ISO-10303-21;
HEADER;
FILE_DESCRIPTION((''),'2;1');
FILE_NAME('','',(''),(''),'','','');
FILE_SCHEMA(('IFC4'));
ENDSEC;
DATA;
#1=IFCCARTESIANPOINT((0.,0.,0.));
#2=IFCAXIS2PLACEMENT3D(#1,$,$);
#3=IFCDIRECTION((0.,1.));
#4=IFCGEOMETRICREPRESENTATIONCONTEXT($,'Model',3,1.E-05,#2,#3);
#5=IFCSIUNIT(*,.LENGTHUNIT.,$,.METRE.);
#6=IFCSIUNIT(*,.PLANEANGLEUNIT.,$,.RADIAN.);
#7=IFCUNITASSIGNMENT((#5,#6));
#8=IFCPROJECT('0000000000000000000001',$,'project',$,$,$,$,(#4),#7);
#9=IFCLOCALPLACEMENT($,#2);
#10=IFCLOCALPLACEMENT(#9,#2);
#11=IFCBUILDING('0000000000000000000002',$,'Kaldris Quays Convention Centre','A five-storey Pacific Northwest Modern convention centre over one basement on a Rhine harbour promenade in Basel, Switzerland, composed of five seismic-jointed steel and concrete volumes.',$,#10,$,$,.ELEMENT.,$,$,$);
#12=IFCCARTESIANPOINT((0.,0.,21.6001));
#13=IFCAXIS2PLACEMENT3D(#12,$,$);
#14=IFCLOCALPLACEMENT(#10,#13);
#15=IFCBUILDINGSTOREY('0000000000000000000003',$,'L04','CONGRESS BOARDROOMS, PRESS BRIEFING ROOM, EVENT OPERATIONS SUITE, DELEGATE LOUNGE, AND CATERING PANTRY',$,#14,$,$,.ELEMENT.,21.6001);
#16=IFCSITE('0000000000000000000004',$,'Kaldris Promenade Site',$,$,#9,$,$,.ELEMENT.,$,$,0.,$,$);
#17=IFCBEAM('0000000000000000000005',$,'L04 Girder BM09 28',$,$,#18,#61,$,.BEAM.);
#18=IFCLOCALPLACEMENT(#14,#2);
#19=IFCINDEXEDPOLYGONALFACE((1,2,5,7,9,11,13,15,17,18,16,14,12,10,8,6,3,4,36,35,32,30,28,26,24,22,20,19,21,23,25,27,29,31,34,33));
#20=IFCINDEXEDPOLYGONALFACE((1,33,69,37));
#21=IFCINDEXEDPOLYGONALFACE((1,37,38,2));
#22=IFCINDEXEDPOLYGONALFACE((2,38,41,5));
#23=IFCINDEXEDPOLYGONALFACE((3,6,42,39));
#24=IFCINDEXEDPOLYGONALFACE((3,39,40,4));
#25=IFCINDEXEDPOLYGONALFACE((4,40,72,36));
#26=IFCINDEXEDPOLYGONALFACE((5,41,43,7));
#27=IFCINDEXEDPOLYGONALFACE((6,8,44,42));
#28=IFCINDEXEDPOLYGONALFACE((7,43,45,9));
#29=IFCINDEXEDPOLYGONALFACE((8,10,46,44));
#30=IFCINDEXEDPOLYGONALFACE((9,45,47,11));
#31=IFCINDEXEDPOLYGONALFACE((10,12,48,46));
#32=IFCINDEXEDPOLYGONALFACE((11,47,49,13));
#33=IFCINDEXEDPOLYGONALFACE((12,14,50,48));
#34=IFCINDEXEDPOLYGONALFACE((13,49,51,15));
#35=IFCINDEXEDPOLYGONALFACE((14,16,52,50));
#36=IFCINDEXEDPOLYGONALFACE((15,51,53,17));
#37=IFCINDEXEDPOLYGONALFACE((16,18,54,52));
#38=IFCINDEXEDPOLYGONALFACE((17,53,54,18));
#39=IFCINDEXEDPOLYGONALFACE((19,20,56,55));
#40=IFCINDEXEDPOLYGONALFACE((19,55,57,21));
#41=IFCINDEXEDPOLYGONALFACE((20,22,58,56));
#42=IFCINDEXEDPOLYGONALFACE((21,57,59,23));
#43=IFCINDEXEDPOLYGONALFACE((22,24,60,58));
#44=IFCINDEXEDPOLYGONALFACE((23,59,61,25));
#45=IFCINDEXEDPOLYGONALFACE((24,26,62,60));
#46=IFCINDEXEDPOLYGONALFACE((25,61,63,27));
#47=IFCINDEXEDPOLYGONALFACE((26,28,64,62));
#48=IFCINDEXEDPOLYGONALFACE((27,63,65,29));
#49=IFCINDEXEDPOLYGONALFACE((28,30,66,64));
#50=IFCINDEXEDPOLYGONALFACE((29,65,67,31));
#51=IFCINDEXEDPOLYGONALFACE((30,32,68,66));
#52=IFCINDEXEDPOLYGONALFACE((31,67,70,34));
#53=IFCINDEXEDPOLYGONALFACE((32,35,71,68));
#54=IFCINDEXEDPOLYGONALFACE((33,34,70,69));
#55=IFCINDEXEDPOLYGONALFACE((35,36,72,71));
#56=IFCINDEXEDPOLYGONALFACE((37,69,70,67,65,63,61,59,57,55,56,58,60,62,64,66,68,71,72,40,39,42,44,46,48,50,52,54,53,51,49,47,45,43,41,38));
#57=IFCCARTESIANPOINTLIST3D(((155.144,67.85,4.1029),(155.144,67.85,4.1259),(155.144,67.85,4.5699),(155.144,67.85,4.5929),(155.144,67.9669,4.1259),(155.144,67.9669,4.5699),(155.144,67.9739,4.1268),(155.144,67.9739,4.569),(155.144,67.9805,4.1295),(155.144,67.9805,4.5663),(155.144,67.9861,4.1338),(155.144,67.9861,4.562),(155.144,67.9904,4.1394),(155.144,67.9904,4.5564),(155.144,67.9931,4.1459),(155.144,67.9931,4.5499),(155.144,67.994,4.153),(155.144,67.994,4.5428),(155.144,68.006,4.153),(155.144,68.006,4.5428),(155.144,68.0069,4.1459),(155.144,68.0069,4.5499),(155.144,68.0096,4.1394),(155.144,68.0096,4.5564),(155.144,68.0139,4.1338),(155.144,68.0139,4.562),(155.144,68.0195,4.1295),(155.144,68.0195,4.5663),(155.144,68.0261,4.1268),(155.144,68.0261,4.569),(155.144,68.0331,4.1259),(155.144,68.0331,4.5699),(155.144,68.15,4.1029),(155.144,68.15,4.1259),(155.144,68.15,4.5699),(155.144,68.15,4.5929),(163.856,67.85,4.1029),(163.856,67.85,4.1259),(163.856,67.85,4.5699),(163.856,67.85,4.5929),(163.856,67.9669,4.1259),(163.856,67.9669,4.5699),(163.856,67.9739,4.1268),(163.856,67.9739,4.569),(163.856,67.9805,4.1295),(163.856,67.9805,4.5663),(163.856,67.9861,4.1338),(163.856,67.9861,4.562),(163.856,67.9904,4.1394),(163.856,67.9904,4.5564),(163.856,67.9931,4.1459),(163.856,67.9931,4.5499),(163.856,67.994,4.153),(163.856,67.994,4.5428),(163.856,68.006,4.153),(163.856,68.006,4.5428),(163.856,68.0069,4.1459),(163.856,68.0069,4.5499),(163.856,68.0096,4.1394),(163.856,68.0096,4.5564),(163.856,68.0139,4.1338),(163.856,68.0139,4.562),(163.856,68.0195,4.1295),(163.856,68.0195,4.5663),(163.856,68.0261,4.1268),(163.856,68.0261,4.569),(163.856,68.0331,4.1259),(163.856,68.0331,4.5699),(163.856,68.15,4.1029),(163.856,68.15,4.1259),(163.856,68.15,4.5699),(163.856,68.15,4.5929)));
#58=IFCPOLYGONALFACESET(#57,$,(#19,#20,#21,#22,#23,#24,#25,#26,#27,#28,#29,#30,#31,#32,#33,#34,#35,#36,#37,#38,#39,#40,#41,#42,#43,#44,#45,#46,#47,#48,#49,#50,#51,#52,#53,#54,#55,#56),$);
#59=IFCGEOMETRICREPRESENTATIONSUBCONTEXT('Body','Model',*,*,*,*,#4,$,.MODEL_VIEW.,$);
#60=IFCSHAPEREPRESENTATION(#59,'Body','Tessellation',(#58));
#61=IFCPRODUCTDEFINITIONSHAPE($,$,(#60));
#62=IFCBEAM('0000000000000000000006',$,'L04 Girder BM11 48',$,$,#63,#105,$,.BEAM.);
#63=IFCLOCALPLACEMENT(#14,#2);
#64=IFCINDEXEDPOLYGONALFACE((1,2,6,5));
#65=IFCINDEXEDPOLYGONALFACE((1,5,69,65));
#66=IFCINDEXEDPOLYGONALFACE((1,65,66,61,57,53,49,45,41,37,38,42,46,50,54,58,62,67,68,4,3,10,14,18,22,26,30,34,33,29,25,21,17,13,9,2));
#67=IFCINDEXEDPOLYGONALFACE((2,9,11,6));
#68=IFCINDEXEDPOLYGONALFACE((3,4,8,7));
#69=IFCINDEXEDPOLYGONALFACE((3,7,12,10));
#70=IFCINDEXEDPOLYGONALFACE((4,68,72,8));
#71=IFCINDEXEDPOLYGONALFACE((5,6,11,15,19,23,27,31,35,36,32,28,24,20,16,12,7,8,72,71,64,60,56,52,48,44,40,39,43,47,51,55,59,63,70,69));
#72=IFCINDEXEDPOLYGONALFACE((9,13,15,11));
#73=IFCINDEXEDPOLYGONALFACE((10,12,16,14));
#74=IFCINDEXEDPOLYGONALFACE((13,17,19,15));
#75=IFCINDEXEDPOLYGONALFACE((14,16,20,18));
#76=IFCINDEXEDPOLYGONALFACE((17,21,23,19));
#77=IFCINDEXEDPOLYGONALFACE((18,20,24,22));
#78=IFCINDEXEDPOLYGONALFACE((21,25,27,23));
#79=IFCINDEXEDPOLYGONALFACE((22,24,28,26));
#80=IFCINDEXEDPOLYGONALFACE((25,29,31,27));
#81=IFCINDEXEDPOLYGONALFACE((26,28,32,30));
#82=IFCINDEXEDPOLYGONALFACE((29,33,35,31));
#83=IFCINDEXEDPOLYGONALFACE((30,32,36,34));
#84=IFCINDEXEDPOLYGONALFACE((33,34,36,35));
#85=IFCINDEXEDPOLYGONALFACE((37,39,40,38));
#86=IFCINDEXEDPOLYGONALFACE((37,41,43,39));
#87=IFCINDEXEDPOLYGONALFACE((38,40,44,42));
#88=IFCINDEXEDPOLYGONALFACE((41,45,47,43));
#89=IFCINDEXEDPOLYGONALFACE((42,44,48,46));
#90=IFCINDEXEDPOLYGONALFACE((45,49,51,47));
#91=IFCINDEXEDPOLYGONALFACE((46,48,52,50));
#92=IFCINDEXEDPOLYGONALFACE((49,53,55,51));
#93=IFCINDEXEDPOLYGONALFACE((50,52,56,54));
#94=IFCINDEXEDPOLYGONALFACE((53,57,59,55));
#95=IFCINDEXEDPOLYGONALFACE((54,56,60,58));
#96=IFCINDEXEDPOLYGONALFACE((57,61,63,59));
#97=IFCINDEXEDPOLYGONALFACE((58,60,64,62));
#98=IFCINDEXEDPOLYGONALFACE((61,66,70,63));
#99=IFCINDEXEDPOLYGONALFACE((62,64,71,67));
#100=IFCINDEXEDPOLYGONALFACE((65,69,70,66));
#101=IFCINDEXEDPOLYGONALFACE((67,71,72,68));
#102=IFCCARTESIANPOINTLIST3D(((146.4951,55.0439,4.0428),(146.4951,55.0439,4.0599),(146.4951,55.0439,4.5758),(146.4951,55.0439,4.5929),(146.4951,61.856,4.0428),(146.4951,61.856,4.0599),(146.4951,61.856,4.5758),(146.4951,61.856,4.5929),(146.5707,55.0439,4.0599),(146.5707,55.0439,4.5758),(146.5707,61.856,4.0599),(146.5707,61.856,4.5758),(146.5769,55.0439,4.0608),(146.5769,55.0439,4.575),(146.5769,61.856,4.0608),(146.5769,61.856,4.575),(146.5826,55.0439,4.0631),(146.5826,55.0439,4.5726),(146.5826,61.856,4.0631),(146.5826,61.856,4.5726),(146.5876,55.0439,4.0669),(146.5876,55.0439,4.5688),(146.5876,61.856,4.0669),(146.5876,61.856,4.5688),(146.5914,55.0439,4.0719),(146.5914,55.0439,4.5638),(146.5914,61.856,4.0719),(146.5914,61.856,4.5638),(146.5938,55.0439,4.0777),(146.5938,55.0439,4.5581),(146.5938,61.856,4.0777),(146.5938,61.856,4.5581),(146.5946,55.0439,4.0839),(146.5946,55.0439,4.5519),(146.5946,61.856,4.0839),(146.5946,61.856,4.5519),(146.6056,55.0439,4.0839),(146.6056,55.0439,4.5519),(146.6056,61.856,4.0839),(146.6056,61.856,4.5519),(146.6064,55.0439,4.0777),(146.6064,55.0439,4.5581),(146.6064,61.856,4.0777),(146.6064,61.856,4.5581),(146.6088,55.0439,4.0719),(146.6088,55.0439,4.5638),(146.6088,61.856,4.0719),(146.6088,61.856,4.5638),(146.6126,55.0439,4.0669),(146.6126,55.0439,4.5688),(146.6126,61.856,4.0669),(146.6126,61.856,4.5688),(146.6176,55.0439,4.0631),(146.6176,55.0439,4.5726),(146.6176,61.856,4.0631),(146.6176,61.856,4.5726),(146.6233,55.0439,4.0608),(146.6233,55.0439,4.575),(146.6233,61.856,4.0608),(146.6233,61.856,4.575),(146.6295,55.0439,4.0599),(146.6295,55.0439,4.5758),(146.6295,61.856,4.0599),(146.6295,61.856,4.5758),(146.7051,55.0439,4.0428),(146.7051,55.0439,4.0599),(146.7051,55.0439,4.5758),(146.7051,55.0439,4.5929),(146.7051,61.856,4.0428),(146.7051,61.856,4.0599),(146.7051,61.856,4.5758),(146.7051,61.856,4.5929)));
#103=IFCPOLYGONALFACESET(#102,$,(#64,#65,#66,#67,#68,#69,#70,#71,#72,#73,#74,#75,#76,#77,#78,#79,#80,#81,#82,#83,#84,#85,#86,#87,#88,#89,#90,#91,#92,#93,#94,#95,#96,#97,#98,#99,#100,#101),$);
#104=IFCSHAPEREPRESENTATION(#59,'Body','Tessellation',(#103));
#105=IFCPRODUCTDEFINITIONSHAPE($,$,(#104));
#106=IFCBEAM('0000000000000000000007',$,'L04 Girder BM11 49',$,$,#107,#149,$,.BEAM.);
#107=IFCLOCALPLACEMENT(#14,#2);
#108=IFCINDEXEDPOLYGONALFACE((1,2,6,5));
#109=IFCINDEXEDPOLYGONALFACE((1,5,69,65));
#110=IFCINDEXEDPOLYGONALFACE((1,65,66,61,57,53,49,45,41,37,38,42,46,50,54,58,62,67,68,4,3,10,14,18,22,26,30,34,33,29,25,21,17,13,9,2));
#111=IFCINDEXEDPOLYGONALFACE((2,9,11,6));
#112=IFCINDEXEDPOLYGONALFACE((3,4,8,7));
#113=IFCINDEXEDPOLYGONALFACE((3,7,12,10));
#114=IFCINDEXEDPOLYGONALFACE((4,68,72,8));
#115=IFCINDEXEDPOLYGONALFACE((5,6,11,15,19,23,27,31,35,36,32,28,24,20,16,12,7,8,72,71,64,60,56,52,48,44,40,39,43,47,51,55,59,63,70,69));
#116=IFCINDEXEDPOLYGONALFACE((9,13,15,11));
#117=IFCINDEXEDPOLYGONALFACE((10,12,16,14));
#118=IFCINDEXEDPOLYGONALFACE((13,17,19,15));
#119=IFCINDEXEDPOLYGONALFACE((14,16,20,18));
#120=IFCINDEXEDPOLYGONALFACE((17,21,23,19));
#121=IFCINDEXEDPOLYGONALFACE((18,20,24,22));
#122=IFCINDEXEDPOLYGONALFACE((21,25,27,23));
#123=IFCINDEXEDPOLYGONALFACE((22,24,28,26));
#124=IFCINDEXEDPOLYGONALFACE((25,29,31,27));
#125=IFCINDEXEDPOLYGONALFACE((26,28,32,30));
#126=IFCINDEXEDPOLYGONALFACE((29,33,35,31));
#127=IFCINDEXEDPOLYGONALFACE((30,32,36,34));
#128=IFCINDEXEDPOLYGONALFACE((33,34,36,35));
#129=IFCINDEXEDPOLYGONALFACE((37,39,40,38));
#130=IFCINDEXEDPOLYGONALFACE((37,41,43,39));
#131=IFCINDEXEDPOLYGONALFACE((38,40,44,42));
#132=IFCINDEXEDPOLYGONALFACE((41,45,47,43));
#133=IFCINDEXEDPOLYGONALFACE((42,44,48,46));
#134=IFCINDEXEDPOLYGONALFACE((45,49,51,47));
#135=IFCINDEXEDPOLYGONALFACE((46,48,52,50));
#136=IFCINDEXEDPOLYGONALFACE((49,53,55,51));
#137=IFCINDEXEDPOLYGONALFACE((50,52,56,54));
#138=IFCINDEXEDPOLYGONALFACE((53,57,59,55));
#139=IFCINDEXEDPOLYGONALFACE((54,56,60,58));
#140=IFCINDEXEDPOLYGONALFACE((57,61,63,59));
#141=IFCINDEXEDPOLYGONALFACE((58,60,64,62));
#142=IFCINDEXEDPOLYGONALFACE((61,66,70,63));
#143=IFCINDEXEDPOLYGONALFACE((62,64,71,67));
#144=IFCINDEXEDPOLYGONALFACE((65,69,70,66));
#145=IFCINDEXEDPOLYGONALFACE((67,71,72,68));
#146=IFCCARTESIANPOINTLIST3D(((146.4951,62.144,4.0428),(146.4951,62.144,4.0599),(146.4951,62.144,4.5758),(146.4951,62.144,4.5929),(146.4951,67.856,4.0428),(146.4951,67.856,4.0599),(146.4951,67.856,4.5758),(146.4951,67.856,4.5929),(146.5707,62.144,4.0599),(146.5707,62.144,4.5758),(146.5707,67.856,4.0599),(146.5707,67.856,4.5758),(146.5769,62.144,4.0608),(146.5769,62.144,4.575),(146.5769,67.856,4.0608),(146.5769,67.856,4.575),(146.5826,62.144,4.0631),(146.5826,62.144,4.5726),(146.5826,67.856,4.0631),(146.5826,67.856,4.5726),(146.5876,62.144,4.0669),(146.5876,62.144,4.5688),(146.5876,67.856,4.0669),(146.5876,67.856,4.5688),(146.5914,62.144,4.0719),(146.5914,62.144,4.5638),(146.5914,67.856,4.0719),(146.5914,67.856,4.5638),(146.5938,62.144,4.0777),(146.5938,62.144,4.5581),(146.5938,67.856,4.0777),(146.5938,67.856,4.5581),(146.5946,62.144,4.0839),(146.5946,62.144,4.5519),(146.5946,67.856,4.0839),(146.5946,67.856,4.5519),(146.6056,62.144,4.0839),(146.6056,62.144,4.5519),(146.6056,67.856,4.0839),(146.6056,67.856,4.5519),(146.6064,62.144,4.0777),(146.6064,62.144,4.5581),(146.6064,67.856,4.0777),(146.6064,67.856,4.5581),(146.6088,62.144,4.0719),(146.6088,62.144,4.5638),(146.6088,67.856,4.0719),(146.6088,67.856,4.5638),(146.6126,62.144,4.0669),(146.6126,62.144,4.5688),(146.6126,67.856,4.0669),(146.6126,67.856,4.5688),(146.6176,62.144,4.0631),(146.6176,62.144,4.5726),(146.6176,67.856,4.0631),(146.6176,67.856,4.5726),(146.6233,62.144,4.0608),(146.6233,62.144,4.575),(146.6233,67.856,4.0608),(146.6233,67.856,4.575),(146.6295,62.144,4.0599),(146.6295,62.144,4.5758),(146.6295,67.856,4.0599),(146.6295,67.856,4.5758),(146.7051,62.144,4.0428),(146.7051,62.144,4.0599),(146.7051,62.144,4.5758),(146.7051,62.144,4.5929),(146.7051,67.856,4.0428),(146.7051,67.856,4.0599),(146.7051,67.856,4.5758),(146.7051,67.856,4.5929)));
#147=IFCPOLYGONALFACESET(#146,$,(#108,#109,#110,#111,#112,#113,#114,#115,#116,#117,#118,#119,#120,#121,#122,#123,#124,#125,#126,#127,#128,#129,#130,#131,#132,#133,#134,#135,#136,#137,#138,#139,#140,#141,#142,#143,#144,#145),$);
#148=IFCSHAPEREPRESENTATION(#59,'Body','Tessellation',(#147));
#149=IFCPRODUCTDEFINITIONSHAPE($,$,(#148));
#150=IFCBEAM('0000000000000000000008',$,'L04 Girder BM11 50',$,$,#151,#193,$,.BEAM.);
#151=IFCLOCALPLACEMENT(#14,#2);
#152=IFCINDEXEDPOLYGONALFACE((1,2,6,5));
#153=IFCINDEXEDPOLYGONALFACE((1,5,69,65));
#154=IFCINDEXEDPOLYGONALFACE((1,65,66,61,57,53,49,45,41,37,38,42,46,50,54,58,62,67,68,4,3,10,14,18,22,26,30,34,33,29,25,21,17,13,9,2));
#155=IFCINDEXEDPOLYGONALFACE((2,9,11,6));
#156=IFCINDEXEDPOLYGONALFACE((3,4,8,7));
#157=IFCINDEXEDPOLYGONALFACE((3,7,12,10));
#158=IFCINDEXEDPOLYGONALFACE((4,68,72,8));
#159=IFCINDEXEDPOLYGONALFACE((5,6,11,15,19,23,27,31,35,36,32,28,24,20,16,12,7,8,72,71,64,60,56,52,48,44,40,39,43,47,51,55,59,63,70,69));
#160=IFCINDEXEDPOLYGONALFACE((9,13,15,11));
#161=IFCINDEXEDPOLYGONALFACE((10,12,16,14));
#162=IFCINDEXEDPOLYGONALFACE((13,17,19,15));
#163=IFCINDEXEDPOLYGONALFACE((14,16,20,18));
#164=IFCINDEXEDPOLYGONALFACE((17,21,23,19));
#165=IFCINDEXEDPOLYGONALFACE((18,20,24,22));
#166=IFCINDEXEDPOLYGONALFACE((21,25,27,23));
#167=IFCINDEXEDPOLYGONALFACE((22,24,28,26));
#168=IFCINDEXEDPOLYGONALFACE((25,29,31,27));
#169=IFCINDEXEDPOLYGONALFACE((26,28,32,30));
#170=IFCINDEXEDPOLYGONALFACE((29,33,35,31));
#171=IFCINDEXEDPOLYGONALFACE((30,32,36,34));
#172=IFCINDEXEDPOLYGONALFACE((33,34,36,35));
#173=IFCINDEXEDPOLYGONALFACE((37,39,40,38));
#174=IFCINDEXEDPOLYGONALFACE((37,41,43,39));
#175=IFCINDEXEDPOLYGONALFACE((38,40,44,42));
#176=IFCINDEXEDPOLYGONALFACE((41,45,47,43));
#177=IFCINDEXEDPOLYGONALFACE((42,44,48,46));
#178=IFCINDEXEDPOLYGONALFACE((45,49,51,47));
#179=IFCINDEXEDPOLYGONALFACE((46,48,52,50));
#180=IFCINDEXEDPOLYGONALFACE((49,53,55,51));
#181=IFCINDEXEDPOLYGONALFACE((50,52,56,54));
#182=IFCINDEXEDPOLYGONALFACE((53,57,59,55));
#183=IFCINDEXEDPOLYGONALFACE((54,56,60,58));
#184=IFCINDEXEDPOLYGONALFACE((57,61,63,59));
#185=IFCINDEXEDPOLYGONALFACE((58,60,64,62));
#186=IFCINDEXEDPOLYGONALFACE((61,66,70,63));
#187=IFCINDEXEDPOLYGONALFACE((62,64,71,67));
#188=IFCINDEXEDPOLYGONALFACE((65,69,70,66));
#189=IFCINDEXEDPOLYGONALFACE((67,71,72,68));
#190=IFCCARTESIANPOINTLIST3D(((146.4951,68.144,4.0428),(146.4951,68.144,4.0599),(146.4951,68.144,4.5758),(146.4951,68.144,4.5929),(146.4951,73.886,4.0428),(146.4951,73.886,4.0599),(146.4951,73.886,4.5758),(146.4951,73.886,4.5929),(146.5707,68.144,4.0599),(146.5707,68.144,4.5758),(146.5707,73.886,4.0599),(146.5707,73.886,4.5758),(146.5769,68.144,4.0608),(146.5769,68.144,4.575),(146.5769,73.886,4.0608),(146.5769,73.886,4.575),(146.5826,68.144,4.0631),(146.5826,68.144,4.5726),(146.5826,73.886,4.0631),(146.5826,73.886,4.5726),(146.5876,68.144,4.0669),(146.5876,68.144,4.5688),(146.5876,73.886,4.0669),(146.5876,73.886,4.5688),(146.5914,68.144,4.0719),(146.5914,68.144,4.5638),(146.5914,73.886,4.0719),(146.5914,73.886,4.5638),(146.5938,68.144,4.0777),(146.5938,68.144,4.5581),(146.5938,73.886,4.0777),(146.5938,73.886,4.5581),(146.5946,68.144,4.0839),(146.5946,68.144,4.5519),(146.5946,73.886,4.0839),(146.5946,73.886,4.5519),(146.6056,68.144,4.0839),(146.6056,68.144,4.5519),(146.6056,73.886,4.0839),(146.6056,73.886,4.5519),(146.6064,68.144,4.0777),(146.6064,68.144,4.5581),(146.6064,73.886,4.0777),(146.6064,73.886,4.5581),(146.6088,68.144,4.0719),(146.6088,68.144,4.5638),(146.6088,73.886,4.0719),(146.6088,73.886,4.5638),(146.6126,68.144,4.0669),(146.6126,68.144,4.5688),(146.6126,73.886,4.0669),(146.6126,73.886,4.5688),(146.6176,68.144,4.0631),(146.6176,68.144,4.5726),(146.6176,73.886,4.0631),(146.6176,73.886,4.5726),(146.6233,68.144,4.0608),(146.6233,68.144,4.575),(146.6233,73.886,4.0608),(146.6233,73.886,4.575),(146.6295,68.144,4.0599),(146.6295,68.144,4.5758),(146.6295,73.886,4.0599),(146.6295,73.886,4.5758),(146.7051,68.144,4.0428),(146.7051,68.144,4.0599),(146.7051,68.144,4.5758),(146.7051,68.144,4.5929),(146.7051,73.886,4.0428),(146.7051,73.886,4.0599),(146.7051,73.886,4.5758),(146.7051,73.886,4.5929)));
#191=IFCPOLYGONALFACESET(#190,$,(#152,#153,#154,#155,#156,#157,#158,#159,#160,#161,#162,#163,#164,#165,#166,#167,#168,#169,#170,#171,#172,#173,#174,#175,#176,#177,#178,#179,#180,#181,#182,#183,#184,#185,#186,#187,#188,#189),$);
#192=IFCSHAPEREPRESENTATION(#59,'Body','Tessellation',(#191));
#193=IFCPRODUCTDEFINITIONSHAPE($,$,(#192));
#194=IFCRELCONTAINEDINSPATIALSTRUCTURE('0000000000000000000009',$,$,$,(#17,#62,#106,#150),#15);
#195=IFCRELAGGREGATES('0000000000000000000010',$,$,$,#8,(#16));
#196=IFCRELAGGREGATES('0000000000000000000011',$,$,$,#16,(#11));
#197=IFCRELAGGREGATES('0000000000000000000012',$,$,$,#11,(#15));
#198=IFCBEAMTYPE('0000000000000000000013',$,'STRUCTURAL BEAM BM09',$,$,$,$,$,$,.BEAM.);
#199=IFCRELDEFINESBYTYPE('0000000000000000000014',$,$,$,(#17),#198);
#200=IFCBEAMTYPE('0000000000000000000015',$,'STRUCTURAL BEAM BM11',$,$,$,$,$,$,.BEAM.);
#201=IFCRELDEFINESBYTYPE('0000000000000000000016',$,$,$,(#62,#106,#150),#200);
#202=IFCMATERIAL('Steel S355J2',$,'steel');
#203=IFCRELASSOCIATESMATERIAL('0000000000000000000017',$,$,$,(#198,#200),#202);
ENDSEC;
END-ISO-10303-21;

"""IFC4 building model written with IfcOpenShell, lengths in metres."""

from ifc_helpers import new_model, si_unit, direction, frame, origin, origin_2d, place, context, subcontext, project, spatial, i_section, extrude, material, material_profile, profile_set, type_object, element, save


model = new_model("IFC4")

# Units and contexts
model_context = context("Model", 3, precision=1e-05, world=origin(), true_north=direction((0.0, 1.0)))
body_context = subcontext(model_context, "Body", "Model", "MODEL_VIEW")
ifc_project = project(units=[si_unit("LENGTHUNIT", "METRE"), si_unit("PLANEANGLEUNIT", "RADIAN")], contexts=[model_context])

# Site, building, storey
site_placement = place(None, origin())
site = spatial("IfcSite", under=ifc_project, at=site_placement, Name="Kaldris Promenade Site", CompositionType="ELEMENT", RefElevation=0.0)
building_placement = place(site_placement, origin())
building = spatial("IfcBuilding", under=site, at=building_placement, Name="Kaldris Quays Convention Centre", Description="A five-storey Pacific Northwest Modern convention centre over one basement on a Rhine harbour promenade in Basel, Switzerland, composed of five seismic-jointed steel and concrete volumes.", CompositionType="ELEMENT")
storey_placement = place(building_placement, frame((0.0, 0.0, 21.6001)))
storey = spatial("IfcBuildingStorey", under=building, at=storey_placement, Name="L04", Description="CONGRESS BOARDROOMS, PRESS BRIEFING ROOM, EVENT OPERATIONS SUITE, DELEGATE LOUNGE, AND CATERING PANTRY", CompositionType="ELEMENT", Elevation=21.6001)

# Shared definitions
ifc_material_1 = material(Name="Steel S355J2", Category="steel")

# Beams
ifc_material_profile_1 = material_profile(ifc_material_1, i_section(OverallWidth=0.3, OverallDepth=0.49, WebThickness=0.012, FlangeThickness=0.0229, FilletRadius=0.0271, at=origin_2d()), Name="HEA 500")
ifc_profile_set_1 = profile_set([ifc_material_profile_1], Name="Steel S355J2")
beam_type_1 = type_object("IfcBeamType", Name="STRUCTURAL BEAM BM09", PredefinedType="BEAM", material=ifc_profile_set_1)
beam_1_placement = place(storey_placement, frame((155.144, 68.0, 4.3479), z_axis=(1.0, 0.0, 0.0), x_axis=(0.0, 1.0, 0.0)))
element("IfcBeam", 1, at=beam_1_placement, inside=storey, type_object=beam_type_1, Name="L04 Girder BM09 28", PredefinedType="BEAM", context=body_context, shape_type="SweptSolid", body=[
    extrude(i_section(OverallWidth=0.3, OverallDepth=0.49, WebThickness=0.012, FlangeThickness=0.0229, FilletRadius=0.0271, at=origin_2d()), origin(), (0.0, 0.0, 1.0), 8.7119),
])
ifc_material_profile_2 = material_profile(ifc_material_1, i_section(OverallWidth=0.21, OverallDepth=0.55, WebThickness=0.011, FlangeThickness=0.0171, FilletRadius=0.0239, at=origin_2d()), Name="IPE 550")
ifc_profile_set_2 = profile_set([ifc_material_profile_2], Name="Steel S355J2")
beam_type_2 = type_object("IfcBeamType", Name="STRUCTURAL BEAM BM11", PredefinedType="BEAM", material=ifc_profile_set_2)
beam_2_placement = place(storey_placement, frame((146.6001, 55.0439, 4.3179), z_axis=(0.0, 1.0, 0.0), x_axis=(-1.0, 0.0, 0.0)))
element("IfcBeam", 2, at=beam_2_placement, inside=storey, type_object=beam_type_2, Name="L04 Girder BM11 48", PredefinedType="BEAM", context=body_context, shape_type="SweptSolid", body=[
    extrude(i_section(OverallWidth=0.21, OverallDepth=0.55, WebThickness=0.011, FlangeThickness=0.0171, FilletRadius=0.0239, at=origin_2d()), origin(), (0.0, 0.0, 1.0), 6.812),
])
beam_3_placement = place(storey_placement, frame((146.6001, 62.144, 4.3179), z_axis=(0.0, 1.0, 0.0), x_axis=(-1.0, 0.0, 0.0)))
element("IfcBeam", 3, at=beam_3_placement, inside=storey, type_object=beam_type_2, Name="L04 Girder BM11 49", PredefinedType="BEAM", context=body_context, shape_type="SweptSolid", body=[
    extrude(i_section(OverallWidth=0.21, OverallDepth=0.55, WebThickness=0.011, FlangeThickness=0.0171, FilletRadius=0.0239, at=origin_2d()), origin(), (0.0, 0.0, 1.0), 5.7119),
])
beam_4_placement = place(storey_placement, frame((146.6001, 68.144, 4.3179), z_axis=(0.0, 1.0, 0.0), x_axis=(-1.0, 0.0, 0.0)))
element("IfcBeam", 4, at=beam_4_placement, inside=storey, type_object=beam_type_2, Name="L04 Girder BM11 50", PredefinedType="BEAM", context=body_context, shape_type="SweptSolid", body=[
    extrude(i_section(OverallWidth=0.21, OverallDepth=0.55, WebThickness=0.011, FlangeThickness=0.0171, FilletRadius=0.0239, at=origin_2d()), origin(), (0.0, 0.0, 1.0), 5.7419),
])

save(model, "model.ifc")
